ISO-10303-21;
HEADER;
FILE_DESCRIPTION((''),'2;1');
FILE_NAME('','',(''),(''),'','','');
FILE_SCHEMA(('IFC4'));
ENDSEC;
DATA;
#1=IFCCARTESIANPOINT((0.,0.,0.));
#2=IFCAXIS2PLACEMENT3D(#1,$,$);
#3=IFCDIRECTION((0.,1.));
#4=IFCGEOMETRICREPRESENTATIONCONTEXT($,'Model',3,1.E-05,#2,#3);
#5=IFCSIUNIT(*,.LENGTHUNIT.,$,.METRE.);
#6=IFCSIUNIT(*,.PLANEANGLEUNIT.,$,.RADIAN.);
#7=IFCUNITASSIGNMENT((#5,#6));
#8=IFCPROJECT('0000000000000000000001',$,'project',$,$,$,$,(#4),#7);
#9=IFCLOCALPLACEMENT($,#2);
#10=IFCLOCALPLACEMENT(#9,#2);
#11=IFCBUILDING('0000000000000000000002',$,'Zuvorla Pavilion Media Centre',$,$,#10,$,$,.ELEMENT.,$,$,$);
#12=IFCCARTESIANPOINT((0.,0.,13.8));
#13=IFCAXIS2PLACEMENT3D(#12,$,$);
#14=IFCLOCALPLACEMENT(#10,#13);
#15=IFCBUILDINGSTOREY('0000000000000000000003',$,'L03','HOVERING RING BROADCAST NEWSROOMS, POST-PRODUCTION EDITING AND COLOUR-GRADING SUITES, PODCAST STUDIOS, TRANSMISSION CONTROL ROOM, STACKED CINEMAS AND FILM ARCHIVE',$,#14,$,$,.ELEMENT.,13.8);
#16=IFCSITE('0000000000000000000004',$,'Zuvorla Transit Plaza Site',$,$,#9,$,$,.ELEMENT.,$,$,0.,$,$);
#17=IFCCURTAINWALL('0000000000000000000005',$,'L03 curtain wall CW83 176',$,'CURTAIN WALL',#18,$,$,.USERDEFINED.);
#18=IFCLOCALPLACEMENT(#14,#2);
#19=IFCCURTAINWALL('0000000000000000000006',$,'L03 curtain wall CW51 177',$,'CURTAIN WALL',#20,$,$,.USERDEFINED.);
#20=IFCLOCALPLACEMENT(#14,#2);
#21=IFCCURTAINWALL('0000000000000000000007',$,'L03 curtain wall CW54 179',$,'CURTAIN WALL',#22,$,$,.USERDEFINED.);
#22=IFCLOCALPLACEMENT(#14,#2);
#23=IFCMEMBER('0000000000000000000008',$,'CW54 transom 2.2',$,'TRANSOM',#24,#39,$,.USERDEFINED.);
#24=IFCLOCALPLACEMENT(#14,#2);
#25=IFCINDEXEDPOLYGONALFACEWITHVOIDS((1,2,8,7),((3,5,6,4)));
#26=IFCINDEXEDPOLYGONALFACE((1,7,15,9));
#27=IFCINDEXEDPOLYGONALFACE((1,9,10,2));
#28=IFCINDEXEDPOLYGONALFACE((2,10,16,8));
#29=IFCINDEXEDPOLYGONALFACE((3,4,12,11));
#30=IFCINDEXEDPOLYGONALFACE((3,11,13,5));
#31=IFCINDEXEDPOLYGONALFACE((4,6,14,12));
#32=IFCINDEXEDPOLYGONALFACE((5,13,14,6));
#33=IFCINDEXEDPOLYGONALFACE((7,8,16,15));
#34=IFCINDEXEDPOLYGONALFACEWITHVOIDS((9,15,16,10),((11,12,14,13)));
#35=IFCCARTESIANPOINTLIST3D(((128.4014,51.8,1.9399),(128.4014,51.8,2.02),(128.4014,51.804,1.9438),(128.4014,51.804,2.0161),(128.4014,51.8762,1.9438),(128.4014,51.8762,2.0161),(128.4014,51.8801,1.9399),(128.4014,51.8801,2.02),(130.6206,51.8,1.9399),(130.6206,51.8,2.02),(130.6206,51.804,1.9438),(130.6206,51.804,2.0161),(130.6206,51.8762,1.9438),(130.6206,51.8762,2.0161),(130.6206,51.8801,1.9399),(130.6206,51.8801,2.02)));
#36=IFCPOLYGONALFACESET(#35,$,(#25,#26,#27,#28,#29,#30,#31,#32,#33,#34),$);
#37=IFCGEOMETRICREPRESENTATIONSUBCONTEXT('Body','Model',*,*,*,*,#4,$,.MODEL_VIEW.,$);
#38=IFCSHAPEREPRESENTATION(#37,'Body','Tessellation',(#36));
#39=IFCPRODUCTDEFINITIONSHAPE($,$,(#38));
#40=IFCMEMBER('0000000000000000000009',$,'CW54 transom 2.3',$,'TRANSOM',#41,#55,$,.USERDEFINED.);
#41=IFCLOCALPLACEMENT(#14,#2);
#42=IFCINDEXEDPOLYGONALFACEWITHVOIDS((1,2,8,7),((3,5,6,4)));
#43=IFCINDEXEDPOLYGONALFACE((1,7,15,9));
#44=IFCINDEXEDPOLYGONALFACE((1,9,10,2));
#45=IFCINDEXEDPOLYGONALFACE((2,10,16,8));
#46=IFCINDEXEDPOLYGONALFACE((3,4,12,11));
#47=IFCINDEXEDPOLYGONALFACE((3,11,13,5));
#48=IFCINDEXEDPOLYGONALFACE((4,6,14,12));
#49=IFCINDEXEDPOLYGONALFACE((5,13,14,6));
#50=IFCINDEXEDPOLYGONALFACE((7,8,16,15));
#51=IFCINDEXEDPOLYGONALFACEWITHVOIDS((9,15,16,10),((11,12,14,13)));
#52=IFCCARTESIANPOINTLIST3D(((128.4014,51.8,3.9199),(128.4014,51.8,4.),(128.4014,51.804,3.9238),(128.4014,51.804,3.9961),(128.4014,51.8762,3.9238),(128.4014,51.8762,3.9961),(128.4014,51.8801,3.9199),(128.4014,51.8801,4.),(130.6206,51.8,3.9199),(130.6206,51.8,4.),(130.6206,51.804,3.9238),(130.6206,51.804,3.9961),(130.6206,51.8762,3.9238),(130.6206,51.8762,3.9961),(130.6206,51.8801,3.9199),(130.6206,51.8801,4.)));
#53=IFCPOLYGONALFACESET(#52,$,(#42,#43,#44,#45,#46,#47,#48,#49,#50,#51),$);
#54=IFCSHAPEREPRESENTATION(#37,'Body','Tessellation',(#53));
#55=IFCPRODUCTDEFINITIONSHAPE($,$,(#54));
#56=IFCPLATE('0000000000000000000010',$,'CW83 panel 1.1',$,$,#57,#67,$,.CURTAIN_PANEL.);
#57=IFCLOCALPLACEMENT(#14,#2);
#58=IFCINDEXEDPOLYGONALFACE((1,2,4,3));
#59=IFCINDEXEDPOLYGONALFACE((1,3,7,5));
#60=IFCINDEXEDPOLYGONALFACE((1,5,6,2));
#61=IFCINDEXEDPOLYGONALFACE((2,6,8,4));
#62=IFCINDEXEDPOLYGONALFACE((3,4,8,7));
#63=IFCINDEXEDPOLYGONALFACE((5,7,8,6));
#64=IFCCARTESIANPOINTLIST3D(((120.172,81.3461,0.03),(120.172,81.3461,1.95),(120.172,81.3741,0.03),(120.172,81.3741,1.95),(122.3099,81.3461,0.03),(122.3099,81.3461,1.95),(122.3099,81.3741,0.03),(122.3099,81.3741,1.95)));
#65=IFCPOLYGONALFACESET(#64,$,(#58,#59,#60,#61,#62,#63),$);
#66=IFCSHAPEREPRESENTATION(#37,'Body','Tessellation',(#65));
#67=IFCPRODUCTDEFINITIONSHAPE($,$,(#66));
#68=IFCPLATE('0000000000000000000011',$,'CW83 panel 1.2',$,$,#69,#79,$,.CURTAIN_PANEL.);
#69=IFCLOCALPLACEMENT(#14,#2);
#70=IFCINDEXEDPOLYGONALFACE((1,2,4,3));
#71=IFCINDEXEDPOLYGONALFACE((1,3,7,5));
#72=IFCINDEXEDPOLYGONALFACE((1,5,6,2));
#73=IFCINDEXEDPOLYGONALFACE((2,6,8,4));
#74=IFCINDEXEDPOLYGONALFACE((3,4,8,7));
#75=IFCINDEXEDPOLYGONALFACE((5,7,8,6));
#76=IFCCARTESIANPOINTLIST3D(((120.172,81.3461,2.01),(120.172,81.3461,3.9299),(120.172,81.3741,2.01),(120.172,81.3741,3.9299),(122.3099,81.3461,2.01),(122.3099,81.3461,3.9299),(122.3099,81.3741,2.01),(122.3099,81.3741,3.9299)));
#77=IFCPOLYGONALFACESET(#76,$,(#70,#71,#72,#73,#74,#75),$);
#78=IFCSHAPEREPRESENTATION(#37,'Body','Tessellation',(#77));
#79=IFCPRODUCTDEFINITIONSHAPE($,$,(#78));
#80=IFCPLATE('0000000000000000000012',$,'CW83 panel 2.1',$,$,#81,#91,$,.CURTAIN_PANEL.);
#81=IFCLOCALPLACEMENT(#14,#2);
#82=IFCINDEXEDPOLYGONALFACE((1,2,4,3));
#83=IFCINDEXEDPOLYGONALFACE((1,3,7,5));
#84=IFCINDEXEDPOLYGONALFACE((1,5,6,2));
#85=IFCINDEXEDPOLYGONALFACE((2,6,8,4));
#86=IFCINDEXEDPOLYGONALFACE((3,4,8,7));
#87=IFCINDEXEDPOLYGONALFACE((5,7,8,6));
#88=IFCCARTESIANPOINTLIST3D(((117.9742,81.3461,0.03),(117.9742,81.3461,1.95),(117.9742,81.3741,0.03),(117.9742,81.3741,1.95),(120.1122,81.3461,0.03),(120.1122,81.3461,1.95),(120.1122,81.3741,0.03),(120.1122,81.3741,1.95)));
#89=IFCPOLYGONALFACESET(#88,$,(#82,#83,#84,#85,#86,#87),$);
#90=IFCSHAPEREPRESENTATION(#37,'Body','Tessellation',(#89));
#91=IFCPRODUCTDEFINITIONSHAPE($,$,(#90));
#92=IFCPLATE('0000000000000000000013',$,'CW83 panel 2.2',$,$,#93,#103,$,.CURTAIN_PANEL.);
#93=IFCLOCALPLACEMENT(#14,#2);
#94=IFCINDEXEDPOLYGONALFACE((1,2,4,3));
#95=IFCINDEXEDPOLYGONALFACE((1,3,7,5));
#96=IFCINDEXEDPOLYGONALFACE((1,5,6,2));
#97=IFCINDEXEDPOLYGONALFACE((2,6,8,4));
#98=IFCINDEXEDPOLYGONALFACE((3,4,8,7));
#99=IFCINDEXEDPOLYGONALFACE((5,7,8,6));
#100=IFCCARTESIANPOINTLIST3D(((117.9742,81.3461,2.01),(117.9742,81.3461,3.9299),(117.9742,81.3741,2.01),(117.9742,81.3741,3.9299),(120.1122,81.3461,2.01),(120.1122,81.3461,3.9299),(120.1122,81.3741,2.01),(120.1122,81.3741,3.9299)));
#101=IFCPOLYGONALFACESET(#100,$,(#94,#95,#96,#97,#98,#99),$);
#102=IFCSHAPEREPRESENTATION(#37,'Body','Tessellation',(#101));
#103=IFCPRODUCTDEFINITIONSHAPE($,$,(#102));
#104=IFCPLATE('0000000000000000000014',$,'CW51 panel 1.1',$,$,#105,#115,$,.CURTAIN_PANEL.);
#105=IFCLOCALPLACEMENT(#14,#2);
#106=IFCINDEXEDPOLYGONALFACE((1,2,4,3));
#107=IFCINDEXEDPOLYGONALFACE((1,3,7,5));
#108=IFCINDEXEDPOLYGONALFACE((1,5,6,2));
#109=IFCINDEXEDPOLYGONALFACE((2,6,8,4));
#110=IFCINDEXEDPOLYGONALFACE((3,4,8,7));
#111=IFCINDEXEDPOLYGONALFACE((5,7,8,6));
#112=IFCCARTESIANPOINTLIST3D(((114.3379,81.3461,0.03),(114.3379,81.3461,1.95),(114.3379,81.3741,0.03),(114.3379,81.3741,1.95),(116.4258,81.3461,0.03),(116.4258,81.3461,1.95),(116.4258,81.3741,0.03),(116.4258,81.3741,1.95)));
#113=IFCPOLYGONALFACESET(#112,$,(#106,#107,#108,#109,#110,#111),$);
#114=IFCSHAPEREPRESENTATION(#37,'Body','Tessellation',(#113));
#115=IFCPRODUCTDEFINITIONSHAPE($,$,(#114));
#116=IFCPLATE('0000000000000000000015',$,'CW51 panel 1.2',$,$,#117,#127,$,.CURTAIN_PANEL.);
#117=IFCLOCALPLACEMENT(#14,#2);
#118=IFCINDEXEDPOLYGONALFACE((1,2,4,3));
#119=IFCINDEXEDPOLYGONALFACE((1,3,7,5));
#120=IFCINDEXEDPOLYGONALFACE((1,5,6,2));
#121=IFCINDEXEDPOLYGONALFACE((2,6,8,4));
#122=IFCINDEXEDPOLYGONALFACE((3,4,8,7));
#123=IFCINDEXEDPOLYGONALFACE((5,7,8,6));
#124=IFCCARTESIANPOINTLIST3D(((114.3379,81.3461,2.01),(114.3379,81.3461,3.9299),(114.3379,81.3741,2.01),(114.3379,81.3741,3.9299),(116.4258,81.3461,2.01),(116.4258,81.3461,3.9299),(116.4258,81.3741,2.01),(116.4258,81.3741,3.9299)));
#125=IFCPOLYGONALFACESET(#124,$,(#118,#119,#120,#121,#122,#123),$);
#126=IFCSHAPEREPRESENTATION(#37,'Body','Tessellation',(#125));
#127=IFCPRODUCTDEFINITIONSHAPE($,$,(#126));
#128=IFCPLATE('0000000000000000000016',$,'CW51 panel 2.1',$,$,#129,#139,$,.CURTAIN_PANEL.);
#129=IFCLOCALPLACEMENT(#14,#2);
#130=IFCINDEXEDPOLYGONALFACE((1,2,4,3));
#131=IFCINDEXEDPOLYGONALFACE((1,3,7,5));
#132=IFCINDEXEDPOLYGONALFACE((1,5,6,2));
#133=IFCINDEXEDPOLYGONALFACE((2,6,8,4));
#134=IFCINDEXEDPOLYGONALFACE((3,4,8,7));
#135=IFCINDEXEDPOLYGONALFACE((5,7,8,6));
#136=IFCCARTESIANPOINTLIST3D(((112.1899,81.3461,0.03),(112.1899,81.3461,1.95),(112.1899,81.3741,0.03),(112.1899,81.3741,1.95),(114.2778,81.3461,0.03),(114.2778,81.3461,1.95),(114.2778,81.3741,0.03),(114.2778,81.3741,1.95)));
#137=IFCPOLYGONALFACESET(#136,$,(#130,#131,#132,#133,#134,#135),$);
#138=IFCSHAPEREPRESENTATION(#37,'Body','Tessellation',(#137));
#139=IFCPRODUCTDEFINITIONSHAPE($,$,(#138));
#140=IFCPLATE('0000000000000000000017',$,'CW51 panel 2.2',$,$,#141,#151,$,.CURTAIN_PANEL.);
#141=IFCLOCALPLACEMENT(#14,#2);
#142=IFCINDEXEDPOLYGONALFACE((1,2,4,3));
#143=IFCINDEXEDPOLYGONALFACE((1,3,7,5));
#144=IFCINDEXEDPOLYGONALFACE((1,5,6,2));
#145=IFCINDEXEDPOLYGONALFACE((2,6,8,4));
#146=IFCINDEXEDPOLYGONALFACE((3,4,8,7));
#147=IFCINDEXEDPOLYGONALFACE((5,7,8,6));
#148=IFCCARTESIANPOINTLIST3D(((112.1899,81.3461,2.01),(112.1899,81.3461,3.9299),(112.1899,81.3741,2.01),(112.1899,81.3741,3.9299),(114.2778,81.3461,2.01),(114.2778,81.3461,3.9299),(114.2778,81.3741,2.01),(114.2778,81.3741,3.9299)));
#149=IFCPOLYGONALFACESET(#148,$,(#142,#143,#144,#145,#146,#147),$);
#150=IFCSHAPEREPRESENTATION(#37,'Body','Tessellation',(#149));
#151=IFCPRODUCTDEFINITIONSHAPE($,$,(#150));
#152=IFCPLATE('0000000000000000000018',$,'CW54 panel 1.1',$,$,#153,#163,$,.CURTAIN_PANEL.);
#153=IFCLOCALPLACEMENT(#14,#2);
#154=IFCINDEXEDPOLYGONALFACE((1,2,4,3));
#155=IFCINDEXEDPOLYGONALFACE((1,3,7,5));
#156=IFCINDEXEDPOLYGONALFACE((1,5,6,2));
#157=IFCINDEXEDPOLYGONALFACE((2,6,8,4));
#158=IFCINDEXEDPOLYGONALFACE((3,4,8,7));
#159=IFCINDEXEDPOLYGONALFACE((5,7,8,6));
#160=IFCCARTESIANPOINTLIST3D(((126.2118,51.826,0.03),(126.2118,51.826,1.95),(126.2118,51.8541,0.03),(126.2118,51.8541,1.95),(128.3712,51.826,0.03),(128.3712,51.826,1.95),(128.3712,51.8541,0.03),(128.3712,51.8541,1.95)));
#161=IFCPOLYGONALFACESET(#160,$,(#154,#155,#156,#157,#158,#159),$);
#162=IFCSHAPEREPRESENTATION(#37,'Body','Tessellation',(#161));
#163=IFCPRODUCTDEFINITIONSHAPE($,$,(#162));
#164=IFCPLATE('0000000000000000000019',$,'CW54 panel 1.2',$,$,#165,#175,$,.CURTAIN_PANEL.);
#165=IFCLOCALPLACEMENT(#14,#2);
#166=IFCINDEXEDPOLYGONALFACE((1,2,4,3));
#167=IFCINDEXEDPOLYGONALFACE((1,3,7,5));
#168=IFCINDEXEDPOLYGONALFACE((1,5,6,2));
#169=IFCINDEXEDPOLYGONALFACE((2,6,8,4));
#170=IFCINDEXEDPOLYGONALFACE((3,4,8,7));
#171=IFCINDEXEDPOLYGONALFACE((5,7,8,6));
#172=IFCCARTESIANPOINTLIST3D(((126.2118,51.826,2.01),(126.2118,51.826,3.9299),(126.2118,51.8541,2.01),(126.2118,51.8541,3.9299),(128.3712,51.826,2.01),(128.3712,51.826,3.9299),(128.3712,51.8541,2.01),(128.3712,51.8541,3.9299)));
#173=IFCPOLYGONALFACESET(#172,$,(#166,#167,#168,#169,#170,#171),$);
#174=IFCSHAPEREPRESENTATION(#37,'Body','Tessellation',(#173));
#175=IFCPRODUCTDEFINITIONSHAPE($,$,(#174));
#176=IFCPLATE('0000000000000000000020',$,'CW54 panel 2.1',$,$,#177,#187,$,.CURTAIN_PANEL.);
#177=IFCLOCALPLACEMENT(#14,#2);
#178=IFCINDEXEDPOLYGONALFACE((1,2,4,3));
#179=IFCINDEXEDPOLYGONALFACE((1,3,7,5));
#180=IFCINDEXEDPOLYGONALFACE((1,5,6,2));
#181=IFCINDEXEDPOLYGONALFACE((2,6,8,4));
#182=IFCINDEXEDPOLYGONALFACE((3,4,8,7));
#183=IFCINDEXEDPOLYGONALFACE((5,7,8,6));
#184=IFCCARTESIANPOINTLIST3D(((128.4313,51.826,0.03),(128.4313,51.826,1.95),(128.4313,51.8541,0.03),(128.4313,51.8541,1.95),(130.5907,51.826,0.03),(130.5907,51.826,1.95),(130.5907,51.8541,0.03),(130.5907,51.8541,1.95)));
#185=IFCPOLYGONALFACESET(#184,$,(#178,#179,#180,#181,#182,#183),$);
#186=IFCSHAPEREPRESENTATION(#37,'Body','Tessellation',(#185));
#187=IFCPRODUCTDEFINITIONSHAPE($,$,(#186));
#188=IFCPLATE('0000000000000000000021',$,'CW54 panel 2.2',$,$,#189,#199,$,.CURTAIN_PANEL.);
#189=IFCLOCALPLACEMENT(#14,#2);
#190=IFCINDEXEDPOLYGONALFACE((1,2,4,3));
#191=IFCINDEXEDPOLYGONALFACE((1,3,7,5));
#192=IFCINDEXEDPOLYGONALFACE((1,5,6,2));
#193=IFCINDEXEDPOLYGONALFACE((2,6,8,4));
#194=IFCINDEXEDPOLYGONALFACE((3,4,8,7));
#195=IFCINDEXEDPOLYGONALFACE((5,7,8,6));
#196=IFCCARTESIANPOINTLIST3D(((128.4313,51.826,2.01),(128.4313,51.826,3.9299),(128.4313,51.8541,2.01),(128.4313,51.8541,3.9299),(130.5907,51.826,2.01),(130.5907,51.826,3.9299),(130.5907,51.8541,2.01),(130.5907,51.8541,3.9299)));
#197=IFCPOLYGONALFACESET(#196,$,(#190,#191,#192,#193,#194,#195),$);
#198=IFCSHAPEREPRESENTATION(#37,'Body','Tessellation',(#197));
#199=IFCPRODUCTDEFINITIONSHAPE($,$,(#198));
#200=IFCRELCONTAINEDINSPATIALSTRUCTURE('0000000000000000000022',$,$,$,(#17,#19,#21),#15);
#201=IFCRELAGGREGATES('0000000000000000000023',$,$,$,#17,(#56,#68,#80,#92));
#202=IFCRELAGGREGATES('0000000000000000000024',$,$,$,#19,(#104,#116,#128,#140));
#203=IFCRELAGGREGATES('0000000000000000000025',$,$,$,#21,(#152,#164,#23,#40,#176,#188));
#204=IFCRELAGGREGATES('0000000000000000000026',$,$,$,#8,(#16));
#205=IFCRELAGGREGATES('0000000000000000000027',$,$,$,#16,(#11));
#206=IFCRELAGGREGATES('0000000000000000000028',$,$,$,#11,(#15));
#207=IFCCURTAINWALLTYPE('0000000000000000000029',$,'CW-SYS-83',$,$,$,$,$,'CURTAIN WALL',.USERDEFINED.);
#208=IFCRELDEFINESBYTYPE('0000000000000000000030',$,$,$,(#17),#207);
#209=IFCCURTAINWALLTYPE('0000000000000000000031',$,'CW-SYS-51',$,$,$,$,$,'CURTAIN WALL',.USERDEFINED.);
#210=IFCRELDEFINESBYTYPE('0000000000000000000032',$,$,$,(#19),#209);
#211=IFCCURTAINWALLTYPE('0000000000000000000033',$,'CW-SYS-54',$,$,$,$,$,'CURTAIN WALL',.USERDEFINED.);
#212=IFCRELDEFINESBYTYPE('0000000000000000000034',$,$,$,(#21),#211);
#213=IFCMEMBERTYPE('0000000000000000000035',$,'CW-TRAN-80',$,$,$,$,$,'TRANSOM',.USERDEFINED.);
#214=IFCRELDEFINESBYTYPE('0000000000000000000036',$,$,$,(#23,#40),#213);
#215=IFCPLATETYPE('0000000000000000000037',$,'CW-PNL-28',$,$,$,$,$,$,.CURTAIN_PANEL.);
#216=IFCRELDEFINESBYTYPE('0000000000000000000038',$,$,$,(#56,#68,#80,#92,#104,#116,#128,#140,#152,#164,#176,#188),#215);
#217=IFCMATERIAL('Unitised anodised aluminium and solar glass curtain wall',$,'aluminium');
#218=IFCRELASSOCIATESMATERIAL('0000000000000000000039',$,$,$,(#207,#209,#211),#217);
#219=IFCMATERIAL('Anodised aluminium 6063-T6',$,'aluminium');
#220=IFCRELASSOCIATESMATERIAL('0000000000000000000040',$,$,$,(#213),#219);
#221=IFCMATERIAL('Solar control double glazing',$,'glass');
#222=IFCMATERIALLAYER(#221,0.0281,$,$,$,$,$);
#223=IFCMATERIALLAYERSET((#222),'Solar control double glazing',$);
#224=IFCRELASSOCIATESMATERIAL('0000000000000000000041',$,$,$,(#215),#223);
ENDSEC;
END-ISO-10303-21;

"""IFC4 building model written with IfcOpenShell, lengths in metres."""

from ifc_helpers import new_model, si_unit, direction, frame, origin, origin_2d, place, context, subcontext, project, spatial, rectangle, hollow_rectangle, extrude, material, layer, layer_set, material_profile, profile_set, type_object, element, aggregate, save


model = new_model("IFC4")

# Units and contexts
model_context = context("Model", 3, precision=1e-05, world=origin(), true_north=direction((0.0, 1.0)))
body_context = subcontext(model_context, "Body", "Model", "MODEL_VIEW")
ifc_project = project(units=[si_unit("LENGTHUNIT", "METRE"), si_unit("PLANEANGLEUNIT", "RADIAN")], contexts=[model_context])

# Site, building, storey
site_placement = place(None, origin())
site = spatial("IfcSite", under=ifc_project, at=site_placement, Name="Zuvorla Transit Plaza Site", CompositionType="ELEMENT", RefElevation=0.0)
building_placement = place(site_placement, origin())
building = spatial("IfcBuilding", under=site, at=building_placement, Name="Zuvorla Pavilion Media Centre", CompositionType="ELEMENT")
storey_placement = place(building_placement, frame((0.0, 0.0, 13.8)))
storey = spatial("IfcBuildingStorey", under=building, at=storey_placement, Name="L03", Description="HOVERING RING BROADCAST NEWSROOMS, POST-PRODUCTION EDITING AND COLOUR-GRADING SUITES, PODCAST STUDIOS, TRANSMISSION CONTROL ROOM, STACKED CINEMAS AND FILM ARCHIVE", CompositionType="ELEMENT", Elevation=13.8)

# Curtain walls
ifc_material_1 = material(Name="Unitised anodised aluminium and solar glass curtain wall", Category="aluminium")
curtain_wall_type_1 = type_object("IfcCurtainWallType", Name="CW-SYS-83", ElementType="CURTAIN WALL", PredefinedType="USERDEFINED", material=ifc_material_1)
curtain_wall_1_placement = place(storey_placement, origin())
curtain_wall_1 = element("IfcCurtainWall", 1, at=curtain_wall_1_placement, inside=storey, type_object=curtain_wall_type_1, Name="L03 curtain wall CW83 176", ObjectType="CURTAIN WALL", PredefinedType="USERDEFINED")
ifc_material_2 = material(Name="Anodised aluminium 6063-T6", Category="aluminium")
curtain_wall_type_2 = type_object("IfcCurtainWallType", Name="CW-SYS-51", ElementType="CURTAIN WALL", PredefinedType="USERDEFINED", material=ifc_material_1)
curtain_wall_2_placement = place(storey_placement, origin())
curtain_wall_2 = element("IfcCurtainWall", 2, at=curtain_wall_2_placement, inside=storey, type_object=curtain_wall_type_2, Name="L03 curtain wall CW51 177", ObjectType="CURTAIN WALL", PredefinedType="USERDEFINED")

# Curtain wall
curtain_wall_type_3 = type_object("IfcCurtainWallType", Name="CW-SYS-54", ElementType="CURTAIN WALL", PredefinedType="USERDEFINED", material=ifc_material_1)
curtain_wall_3_placement = place(storey_placement, origin())
curtain_wall_3 = element("IfcCurtainWall", 3, at=curtain_wall_3_placement, inside=storey, type_object=curtain_wall_type_3, Name="L03 curtain wall CW54 179", ObjectType="CURTAIN WALL", PredefinedType="USERDEFINED")

# Members
ifc_material_profile_1 = material_profile(ifc_material_2, hollow_rectangle(XDim=0.0801, YDim=0.0801, WallThickness=0.0039, at=origin_2d()), Name="ALU TRAN 80x80")
ifc_profile_set_1 = profile_set([ifc_material_profile_1], Name="Anodised aluminium 6063-T6")
member_type_1 = type_object("IfcMemberType", Name="CW-TRAN-80", ElementType="TRANSOM", PredefinedType="USERDEFINED", material=ifc_profile_set_1)
member_1_placement = place(storey_placement, frame((128.4014, 51.8401, 1.98), z_axis=(1.0, 0.0, 0.0), x_axis=(0.0, 1.0, 0.0)))
member_1 = element("IfcMember", 4, at=member_1_placement, type_object=member_type_1, Name="CW54 transom 2.2", ObjectType="TRANSOM", PredefinedType="USERDEFINED", context=body_context, shape_type="SweptSolid", body=[
    extrude(hollow_rectangle(XDim=0.0801, YDim=0.0801, WallThickness=0.0039, at=origin_2d()), origin(), (0.0, 0.0, 1.0), 2.2192),
])
member_2_placement = place(storey_placement, frame((128.4014, 51.8401, 3.96), z_axis=(1.0, 0.0, 0.0), x_axis=(0.0, 1.0, 0.0)))
member_2 = element("IfcMember", 5, at=member_2_placement, type_object=member_type_1, Name="CW54 transom 2.3", ObjectType="TRANSOM", PredefinedType="USERDEFINED", context=body_context, shape_type="SweptSolid", body=[
    extrude(hollow_rectangle(XDim=0.0801, YDim=0.0801, WallThickness=0.0039, at=origin_2d()), origin(), (0.0, 0.0, 1.0), 2.2192),
])

# Plates
ifc_material_3 = material(Name="Solar control double glazing", Category="glass")
ifc_layer = layer(ifc_material_3, 0.0281)
ifc_layer_set = layer_set([ifc_layer], Name="Solar control double glazing")
plate_type = type_object("IfcPlateType", Name="CW-PNL-28", PredefinedType="CURTAIN_PANEL", material=ifc_layer_set)
plate_1_placement = place(storey_placement, frame((121.241, 81.3601, 0.03), z_axis=(0.0, 0.0, 1.0), x_axis=(-1.0, 0.0, 0.0)))
plate_1 = element("IfcPlate", 6, at=plate_1_placement, type_object=plate_type, Name="CW83 panel 1.1", PredefinedType="CURTAIN_PANEL", context=body_context, shape_type="SweptSolid", body=[
    extrude(rectangle(XDim=2.1379, YDim=0.0281, at=origin_2d()), origin(), (0.0, 0.0, 1.0), 1.9199),
])
plate_2_placement = place(storey_placement, frame((121.241, 81.3601, 2.01), z_axis=(0.0, 0.0, 1.0), x_axis=(-1.0, 0.0, 0.0)))
plate_2 = element("IfcPlate", 7, at=plate_2_placement, type_object=plate_type, Name="CW83 panel 1.2", PredefinedType="CURTAIN_PANEL", context=body_context, shape_type="SweptSolid", body=[
    extrude(rectangle(XDim=2.1379, YDim=0.0281, at=origin_2d()), origin(), (0.0, 0.0, 1.0), 1.9199),
])
plate_3_placement = place(storey_placement, frame((119.0432, 81.3601, 0.03), z_axis=(0.0, 0.0, 1.0), x_axis=(-1.0, 0.0, 0.0)))
plate_3 = element("IfcPlate", 8, at=plate_3_placement, type_object=plate_type, Name="CW83 panel 2.1", PredefinedType="CURTAIN_PANEL", context=body_context, shape_type="SweptSolid", body=[
    extrude(rectangle(XDim=2.1379, YDim=0.0281, at=origin_2d()), origin(), (0.0, 0.0, 1.0), 1.9199),
])
plate_4_placement = place(storey_placement, frame((119.0432, 81.3601, 2.01), z_axis=(0.0, 0.0, 1.0), x_axis=(-1.0, 0.0, 0.0)))
plate_4 = element("IfcPlate", 9, at=plate_4_placement, type_object=plate_type, Name="CW83 panel 2.2", PredefinedType="CURTAIN_PANEL", context=body_context, shape_type="SweptSolid", body=[
    extrude(rectangle(XDim=2.1379, YDim=0.0281, at=origin_2d()), origin(), (0.0, 0.0, 1.0), 1.9199),
])
aggregate(curtain_wall_1, [plate_1, plate_2, plate_3, plate_4])
plate_5_placement = place(storey_placement, frame((115.3818, 81.3601, 0.03), z_axis=(0.0, 0.0, 1.0), x_axis=(-1.0, 0.0, 0.0)))
plate_5 = element("IfcPlate", 10, at=plate_5_placement, type_object=plate_type, Name="CW51 panel 1.1", PredefinedType="CURTAIN_PANEL", context=body_context, shape_type="SweptSolid", body=[
    extrude(rectangle(XDim=2.0879, YDim=0.0281, at=origin_2d()), origin(), (0.0, 0.0, 1.0), 1.9199),
])
plate_6_placement = place(storey_placement, frame((115.3818, 81.3601, 2.01), z_axis=(0.0, 0.0, 1.0), x_axis=(-1.0, 0.0, 0.0)))
plate_6 = element("IfcPlate", 11, at=plate_6_placement, type_object=plate_type, Name="CW51 panel 1.2", PredefinedType="CURTAIN_PANEL", context=body_context, shape_type="SweptSolid", body=[
    extrude(rectangle(XDim=2.0879, YDim=0.0281, at=origin_2d()), origin(), (0.0, 0.0, 1.0), 1.9199),
])
plate_7_placement = place(storey_placement, frame((113.2339, 81.3601, 0.03), z_axis=(0.0, 0.0, 1.0), x_axis=(-1.0, 0.0, 0.0)))
plate_7 = element("IfcPlate", 12, at=plate_7_placement, type_object=plate_type, Name="CW51 panel 2.1", PredefinedType="CURTAIN_PANEL", context=body_context, shape_type="SweptSolid", body=[
    extrude(rectangle(XDim=2.0879, YDim=0.0281, at=origin_2d()), origin(), (0.0, 0.0, 1.0), 1.9199),
])
plate_8_placement = place(storey_placement, frame((113.2339, 81.3601, 2.01), z_axis=(0.0, 0.0, 1.0), x_axis=(-1.0, 0.0, 0.0)))
plate_8 = element("IfcPlate", 13, at=plate_8_placement, type_object=plate_type, Name="CW51 panel 2.2", PredefinedType="CURTAIN_PANEL", context=body_context, shape_type="SweptSolid", body=[
    extrude(rectangle(XDim=2.0879, YDim=0.0281, at=origin_2d()), origin(), (0.0, 0.0, 1.0), 1.9199),
])
aggregate(curtain_wall_2, [plate_5, plate_6, plate_7, plate_8])
plate_9_placement = place(storey_placement, frame((127.2915, 51.8401, 0.03), z_axis=(0.0, 0.0, 1.0), x_axis=(1.0, 0.0, 0.0)))
plate_9 = element("IfcPlate", 14, at=plate_9_placement, type_object=plate_type, Name="CW54 panel 1.1", PredefinedType="CURTAIN_PANEL", context=body_context, shape_type="SweptSolid", body=[
    extrude(rectangle(XDim=2.1594, YDim=0.0281, at=origin_2d()), origin(), (0.0, 0.0, 1.0), 1.9199),
])
plate_10_placement = place(storey_placement, frame((127.2915, 51.8401, 2.01), z_axis=(0.0, 0.0, 1.0), x_axis=(1.0, 0.0, 0.0)))
plate_10 = element("IfcPlate", 15, at=plate_10_placement, type_object=plate_type, Name="CW54 panel 1.2", PredefinedType="CURTAIN_PANEL", context=body_context, shape_type="SweptSolid", body=[
    extrude(rectangle(XDim=2.1594, YDim=0.0281, at=origin_2d()), origin(), (0.0, 0.0, 1.0), 1.9199),
])
plate_11_placement = place(storey_placement, frame((129.511, 51.8401, 0.03), z_axis=(0.0, 0.0, 1.0), x_axis=(1.0, 0.0, 0.0)))
plate_11 = element("IfcPlate", 16, at=plate_11_placement, type_object=plate_type, Name="CW54 panel 2.1", PredefinedType="CURTAIN_PANEL", context=body_context, shape_type="SweptSolid", body=[
    extrude(rectangle(XDim=2.1594, YDim=0.0281, at=origin_2d()), origin(), (0.0, 0.0, 1.0), 1.9199),
])
plate_12_placement = place(storey_placement, frame((129.511, 51.8401, 2.01), z_axis=(0.0, 0.0, 1.0), x_axis=(1.0, 0.0, 0.0)))
plate_12 = element("IfcPlate", 17, at=plate_12_placement, type_object=plate_type, Name="CW54 panel 2.2", PredefinedType="CURTAIN_PANEL", context=body_context, shape_type="SweptSolid", body=[
    extrude(rectangle(XDim=2.1594, YDim=0.0281, at=origin_2d()), origin(), (0.0, 0.0, 1.0), 1.9199),
])
aggregate(curtain_wall_3, [plate_9, plate_10, member_1, member_2, plate_11, plate_12])

save(model, "model.ifc")
